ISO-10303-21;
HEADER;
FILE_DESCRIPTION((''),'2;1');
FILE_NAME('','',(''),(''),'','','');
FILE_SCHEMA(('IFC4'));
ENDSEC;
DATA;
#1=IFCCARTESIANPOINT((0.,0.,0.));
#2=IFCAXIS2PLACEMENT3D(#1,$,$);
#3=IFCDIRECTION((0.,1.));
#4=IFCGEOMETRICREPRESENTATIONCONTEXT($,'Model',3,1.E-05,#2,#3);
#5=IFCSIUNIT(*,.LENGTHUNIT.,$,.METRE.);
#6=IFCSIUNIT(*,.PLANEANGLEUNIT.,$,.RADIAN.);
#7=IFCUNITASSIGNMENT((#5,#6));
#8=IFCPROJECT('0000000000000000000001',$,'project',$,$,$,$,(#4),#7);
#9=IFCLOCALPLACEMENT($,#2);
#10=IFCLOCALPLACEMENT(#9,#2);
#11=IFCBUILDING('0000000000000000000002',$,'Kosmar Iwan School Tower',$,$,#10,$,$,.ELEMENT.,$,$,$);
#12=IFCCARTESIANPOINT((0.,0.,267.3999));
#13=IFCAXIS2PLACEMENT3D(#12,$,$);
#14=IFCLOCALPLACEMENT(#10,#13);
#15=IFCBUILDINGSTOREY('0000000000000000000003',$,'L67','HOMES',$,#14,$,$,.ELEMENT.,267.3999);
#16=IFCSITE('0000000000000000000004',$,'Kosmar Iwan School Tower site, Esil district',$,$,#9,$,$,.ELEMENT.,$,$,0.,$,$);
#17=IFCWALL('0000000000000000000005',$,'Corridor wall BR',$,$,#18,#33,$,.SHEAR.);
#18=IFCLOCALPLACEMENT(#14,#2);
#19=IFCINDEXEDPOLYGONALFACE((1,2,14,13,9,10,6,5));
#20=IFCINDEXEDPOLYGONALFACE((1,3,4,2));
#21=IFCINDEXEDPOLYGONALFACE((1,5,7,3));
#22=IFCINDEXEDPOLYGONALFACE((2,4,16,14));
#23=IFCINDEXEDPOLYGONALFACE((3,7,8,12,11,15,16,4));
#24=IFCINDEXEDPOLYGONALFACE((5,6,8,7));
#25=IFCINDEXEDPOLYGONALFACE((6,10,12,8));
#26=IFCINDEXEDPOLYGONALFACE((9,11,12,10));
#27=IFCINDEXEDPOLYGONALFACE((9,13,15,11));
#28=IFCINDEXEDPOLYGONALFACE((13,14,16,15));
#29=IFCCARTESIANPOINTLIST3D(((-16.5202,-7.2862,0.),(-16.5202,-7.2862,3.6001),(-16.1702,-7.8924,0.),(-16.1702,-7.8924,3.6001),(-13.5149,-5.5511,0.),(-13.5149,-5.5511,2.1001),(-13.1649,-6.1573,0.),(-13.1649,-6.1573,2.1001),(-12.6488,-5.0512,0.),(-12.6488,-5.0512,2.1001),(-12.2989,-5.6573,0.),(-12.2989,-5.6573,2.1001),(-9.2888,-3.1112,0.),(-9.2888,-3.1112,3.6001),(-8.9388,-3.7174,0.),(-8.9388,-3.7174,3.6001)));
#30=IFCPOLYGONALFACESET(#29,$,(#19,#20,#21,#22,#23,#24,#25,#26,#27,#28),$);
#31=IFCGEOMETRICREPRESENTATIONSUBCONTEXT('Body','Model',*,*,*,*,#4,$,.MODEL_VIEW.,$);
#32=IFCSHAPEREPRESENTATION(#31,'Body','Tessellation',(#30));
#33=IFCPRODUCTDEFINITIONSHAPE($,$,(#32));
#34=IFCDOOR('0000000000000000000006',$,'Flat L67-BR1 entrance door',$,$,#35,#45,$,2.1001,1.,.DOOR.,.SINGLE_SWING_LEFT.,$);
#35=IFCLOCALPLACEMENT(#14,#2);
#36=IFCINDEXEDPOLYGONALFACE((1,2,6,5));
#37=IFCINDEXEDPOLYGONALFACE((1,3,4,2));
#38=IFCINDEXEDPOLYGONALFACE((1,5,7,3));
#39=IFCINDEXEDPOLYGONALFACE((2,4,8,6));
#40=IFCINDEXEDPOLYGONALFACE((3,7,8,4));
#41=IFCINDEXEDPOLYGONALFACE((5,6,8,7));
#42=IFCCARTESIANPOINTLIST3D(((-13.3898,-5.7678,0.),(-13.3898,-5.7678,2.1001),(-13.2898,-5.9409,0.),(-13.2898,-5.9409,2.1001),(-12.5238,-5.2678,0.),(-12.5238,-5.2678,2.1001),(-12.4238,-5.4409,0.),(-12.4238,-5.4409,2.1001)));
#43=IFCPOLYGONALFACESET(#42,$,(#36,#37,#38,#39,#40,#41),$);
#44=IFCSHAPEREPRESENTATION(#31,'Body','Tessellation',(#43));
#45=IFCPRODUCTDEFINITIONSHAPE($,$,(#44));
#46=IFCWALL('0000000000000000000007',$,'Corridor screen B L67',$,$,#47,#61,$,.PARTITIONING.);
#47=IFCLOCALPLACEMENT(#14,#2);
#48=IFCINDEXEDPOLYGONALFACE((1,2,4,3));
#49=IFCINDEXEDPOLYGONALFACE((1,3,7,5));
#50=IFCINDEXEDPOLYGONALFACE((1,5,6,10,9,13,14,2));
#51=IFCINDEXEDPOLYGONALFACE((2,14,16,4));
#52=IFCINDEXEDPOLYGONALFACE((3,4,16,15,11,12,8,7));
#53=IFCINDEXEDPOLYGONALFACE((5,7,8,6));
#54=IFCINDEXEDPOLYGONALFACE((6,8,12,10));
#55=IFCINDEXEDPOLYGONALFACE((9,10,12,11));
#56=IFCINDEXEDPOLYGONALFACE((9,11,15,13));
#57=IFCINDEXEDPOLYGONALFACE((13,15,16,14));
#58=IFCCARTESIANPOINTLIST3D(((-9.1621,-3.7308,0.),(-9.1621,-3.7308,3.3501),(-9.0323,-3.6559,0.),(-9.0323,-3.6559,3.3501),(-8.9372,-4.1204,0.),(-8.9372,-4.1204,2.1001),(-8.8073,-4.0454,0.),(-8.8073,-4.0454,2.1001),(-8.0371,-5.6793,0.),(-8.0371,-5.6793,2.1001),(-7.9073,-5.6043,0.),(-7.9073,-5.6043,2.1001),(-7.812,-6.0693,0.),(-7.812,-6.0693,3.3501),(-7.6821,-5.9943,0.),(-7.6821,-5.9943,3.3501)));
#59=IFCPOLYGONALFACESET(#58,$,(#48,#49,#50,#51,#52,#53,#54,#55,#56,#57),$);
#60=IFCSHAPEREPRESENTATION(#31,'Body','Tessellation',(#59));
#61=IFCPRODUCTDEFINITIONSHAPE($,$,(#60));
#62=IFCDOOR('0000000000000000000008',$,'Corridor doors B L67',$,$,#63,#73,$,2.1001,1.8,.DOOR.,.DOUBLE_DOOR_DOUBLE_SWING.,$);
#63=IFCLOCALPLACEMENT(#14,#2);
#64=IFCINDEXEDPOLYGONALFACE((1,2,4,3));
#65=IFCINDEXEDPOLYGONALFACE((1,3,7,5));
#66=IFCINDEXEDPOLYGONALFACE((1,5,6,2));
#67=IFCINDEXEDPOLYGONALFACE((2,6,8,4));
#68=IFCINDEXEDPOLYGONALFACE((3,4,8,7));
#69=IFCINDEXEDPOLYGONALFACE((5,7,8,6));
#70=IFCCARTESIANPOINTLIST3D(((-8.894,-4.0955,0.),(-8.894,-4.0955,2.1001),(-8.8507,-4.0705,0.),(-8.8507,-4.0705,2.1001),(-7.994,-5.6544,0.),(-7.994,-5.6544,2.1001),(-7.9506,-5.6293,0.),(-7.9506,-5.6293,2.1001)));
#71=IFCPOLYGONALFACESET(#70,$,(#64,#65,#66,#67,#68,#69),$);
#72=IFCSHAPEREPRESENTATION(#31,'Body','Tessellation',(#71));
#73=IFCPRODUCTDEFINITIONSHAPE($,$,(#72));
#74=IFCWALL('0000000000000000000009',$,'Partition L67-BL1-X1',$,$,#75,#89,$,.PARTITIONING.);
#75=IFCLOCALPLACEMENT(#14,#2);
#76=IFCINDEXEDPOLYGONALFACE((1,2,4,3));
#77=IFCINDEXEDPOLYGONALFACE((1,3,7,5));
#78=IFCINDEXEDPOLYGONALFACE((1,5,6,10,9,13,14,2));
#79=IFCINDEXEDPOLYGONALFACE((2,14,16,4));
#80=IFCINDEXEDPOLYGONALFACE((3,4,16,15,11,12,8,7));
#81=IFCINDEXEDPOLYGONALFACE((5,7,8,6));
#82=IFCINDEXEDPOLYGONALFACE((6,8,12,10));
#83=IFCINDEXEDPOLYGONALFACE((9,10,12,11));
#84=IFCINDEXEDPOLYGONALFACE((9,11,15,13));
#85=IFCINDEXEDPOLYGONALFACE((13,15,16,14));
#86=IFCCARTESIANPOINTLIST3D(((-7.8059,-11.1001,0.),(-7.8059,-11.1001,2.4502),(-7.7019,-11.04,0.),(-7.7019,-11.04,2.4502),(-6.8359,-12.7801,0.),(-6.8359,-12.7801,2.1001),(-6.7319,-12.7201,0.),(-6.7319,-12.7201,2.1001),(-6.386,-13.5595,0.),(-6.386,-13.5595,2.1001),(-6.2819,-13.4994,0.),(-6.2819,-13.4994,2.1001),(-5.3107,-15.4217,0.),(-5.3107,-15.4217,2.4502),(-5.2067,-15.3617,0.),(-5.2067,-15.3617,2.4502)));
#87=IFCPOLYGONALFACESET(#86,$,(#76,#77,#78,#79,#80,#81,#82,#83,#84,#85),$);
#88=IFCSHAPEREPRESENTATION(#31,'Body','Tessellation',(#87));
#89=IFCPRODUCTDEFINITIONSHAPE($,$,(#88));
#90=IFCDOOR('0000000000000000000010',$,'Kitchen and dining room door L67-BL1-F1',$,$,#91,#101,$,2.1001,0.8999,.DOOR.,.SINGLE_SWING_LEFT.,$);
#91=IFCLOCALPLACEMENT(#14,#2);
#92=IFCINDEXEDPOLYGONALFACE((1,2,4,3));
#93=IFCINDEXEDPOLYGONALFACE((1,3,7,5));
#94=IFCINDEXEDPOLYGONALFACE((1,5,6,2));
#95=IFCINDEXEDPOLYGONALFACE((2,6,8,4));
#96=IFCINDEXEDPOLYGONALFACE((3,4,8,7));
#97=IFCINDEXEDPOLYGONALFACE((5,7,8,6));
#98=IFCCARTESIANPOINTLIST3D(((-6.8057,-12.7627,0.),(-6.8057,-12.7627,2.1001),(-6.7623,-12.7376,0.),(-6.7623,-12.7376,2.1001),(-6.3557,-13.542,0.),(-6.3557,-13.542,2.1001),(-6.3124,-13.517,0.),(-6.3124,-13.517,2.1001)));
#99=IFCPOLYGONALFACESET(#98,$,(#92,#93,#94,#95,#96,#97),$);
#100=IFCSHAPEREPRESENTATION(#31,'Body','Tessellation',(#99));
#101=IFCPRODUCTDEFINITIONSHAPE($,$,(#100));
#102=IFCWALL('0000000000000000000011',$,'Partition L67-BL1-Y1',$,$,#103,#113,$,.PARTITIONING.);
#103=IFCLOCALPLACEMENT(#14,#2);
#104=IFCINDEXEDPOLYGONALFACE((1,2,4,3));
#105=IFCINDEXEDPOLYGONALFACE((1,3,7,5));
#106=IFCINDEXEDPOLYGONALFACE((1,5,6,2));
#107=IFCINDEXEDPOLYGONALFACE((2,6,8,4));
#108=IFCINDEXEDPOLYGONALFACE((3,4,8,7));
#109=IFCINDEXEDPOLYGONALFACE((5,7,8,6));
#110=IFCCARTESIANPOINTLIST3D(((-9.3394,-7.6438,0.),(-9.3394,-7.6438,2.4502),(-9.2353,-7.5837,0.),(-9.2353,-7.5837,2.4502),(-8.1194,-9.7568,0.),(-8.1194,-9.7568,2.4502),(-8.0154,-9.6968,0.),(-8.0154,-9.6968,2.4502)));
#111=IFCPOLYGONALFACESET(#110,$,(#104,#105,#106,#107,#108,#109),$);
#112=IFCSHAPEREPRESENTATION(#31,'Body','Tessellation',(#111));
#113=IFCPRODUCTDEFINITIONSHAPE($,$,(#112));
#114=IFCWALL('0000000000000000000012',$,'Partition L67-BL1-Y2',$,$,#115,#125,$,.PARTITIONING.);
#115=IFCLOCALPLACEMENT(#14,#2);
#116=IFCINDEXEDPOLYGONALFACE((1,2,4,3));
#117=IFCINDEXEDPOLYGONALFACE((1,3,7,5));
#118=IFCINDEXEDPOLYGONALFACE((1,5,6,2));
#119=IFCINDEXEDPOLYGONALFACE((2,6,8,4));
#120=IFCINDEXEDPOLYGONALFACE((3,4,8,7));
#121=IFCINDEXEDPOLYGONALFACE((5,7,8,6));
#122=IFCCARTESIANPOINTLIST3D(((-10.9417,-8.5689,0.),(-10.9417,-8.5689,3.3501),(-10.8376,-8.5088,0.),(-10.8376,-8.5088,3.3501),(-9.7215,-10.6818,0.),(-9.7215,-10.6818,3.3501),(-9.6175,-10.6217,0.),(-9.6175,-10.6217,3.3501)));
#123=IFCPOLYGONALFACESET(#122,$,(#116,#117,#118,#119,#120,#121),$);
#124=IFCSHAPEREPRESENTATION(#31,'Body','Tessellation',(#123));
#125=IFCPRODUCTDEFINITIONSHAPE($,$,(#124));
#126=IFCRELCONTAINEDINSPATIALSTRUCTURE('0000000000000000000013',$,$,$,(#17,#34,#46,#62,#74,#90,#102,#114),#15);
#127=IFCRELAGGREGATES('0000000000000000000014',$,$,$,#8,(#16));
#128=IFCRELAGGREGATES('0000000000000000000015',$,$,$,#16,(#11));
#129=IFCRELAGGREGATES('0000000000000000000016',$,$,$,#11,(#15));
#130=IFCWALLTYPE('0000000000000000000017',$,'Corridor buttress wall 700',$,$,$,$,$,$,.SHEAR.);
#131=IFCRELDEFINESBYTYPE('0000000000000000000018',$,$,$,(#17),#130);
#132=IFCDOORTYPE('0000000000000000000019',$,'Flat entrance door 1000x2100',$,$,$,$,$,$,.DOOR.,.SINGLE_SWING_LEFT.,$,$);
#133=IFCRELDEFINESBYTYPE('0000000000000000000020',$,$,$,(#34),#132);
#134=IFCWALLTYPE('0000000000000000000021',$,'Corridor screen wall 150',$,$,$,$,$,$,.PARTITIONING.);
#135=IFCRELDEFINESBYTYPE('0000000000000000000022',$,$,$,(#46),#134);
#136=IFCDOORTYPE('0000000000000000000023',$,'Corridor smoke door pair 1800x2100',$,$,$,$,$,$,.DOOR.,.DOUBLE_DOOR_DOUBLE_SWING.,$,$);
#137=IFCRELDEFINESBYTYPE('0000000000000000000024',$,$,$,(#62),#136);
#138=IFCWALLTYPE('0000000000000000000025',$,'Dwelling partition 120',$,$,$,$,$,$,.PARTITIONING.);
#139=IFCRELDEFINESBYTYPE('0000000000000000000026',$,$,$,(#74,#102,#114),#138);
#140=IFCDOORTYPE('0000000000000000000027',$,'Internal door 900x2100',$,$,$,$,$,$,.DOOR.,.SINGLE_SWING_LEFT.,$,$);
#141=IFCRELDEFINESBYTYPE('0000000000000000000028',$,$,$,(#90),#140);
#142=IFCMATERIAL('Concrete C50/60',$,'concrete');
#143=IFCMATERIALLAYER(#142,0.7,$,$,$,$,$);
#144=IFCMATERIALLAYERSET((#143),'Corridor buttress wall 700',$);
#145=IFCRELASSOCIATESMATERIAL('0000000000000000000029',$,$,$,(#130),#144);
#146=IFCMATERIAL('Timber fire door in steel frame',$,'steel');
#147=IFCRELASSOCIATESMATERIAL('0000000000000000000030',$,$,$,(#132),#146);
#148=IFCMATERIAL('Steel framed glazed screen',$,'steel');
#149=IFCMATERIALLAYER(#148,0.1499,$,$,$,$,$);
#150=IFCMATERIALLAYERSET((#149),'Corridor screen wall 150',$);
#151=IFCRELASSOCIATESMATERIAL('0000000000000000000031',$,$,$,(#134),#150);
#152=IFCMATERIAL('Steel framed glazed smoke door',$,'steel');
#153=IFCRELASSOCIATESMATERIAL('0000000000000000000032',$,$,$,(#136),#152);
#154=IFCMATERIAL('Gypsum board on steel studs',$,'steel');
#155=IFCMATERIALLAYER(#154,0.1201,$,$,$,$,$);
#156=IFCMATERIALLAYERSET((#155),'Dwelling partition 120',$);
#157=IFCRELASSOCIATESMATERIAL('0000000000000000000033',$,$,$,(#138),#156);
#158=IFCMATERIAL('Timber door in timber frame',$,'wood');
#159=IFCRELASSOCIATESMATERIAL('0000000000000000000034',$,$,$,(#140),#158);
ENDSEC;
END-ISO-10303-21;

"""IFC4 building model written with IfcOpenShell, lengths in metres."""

from ifc_helpers import new_model, si_unit, direction, frame, frame_2d, origin, place, context, subcontext, project, spatial, rectangle, extrude, material, layer, layer_set, type_object, element, fill, save


model = new_model("IFC4")

# Units and contexts
model_context = context("Model", 3, precision=1e-05, world=origin(), true_north=direction((0.0, 1.0)))
body_context = subcontext(model_context, "Body", "Model", "MODEL_VIEW")
ifc_project = project(units=[si_unit("LENGTHUNIT", "METRE"), si_unit("PLANEANGLEUNIT", "RADIAN")], contexts=[model_context])

# Site, building, storey
site_placement = place(None, origin())
site = spatial("IfcSite", under=ifc_project, at=site_placement, Name="Kosmar Iwan School Tower site, Esil district", CompositionType="ELEMENT", RefElevation=0.0)
building_placement = place(site_placement, origin())
building = spatial("IfcBuilding", under=site, at=building_placement, Name="Kosmar Iwan School Tower", CompositionType="ELEMENT")
storey_placement = place(building_placement, frame((0.0, 0.0, 267.3999)))
storey = spatial("IfcBuildingStorey", under=building, at=storey_placement, Name="L67", Description="HOMES", CompositionType="ELEMENT", Elevation=267.3999)

# Walls, openings, doors
ifc_material_1 = material(Name="Concrete C50/60", Category="concrete")
ifc_layer_1 = layer(ifc_material_1, 0.7)
ifc_layer_set_1 = layer_set([ifc_layer_1], Name="Corridor buttress wall 700")
wall_type_1 = type_object("IfcWallType", Name="Corridor buttress wall 700", PredefinedType="SHEAR", material=ifc_layer_set_1)
wall_1_placement = place(storey_placement, frame((-9.1138, -3.4143, 0.0), z_axis=(0.0, 0.0, 1.0), x_axis=(-0.866027, -0.499997, 0.0)))
wall_1 = element("IfcWall", 1, at=wall_1_placement, inside=storey, type_object=wall_type_1, Name="Corridor wall BR", PredefinedType="SHEAR", context=body_context, shape_type="SweptSolid", body=[
    extrude(rectangle(XDim=8.3501, YDim=0.7, at=frame_2d((4.175, 0.0))), origin(), (0.0, 0.0, 1.0), 3.6001),
])
opening_1_placement = place(wall_1_placement, frame((3.8799, 0.0, 0.0)))
opening_1 = element("IfcOpeningElement", 2, at=opening_1_placement, cuts=wall_1, PredefinedType="OPENING", context=body_context, shape_type="SweptSolid", body=[
    extrude(rectangle(XDim=1.0, YDim=2.1001, at=frame_2d((0.5, 1.05))), frame((0.0, 0.3621, 0.0), z_axis=(0.0, -1.0, 0.0), x_axis=(1.0, 0.0, 0.0)), (0.0, 0.0, 1.0), 0.7239),
])
ifc_material_2 = material(Name="Timber fire door in steel frame", Category="steel")
door_type_1 = type_object("IfcDoorType", Name="Flat entrance door 1000x2100", OperationType="SINGLE_SWING_LEFT", PredefinedType="DOOR", material=ifc_material_2)
door_1_placement = place(opening_1_placement, origin())
door_1 = element("IfcDoor", 3, at=door_1_placement, inside=storey, type_object=door_type_1, Name="Flat L67-BR1 entrance door", OperationType="SINGLE_SWING_LEFT", OverallHeight=2.1001, OverallWidth=1.0, PredefinedType="DOOR", context=body_context, shape_type="SweptSolid", body=[
    extrude(rectangle(XDim=1.0, YDim=2.1001, at=frame_2d((0.5, 1.05))), frame((0.0, 0.1001, 0.0), z_axis=(0.0, -1.0, 0.0), x_axis=(1.0, 0.0, 0.0)), (0.0, 0.0, 1.0), 0.2),
])
fill(opening_1, door_1)
ifc_material_3 = material(Name="Steel framed glazed screen", Category="steel")
ifc_layer_2 = layer(ifc_material_3, 0.1499)
ifc_layer_set_2 = layer_set([ifc_layer_2], Name="Corridor screen wall 150")
wall_type_2 = type_object("IfcWallType", Name="Corridor screen wall 150", PredefinedType="PARTITIONING", material=ifc_layer_set_2)
wall_2_placement = place(storey_placement, frame((-9.0972, -3.6934, 0.0), z_axis=(0.0, 0.0, 1.0), x_axis=(0.500009, -0.86602, 0.0)))
wall_2 = element("IfcWall", 4, at=wall_2_placement, inside=storey, type_object=wall_type_2, Name="Corridor screen B L67", PredefinedType="PARTITIONING", context=body_context, shape_type="SweptSolid", body=[
    extrude(rectangle(XDim=2.7002, YDim=0.1499, at=frame_2d((1.3501, 0.0))), origin(), (0.0, 0.0, 1.0), 3.3501),
])
opening_2_placement = place(wall_2_placement, frame((0.45, 0.0, 0.0)))
opening_2 = element("IfcOpeningElement", 5, at=opening_2_placement, cuts=wall_2, PredefinedType="OPENING", context=body_context, shape_type="SweptSolid", body=[
    extrude(rectangle(XDim=1.8, YDim=2.1001, at=frame_2d((0.8999, 1.05))), frame((0.0, 0.0869, 0.0), z_axis=(0.0, -1.0, 0.0), x_axis=(1.0, 0.0, 0.0)), (0.0, 0.0, 1.0), 0.1738),
])
ifc_material_4 = material(Name="Steel framed glazed smoke door", Category="steel")
door_type_2 = type_object("IfcDoorType", Name="Corridor smoke door pair 1800x2100", OperationType="DOUBLE_DOOR_DOUBLE_SWING", PredefinedType="DOOR", material=ifc_material_4)
door_2_placement = place(opening_2_placement, origin())
door_2 = element("IfcDoor", 6, at=door_2_placement, inside=storey, type_object=door_type_2, Name="Corridor doors B L67", OperationType="DOUBLE_DOOR_DOUBLE_SWING", OverallHeight=2.1001, OverallWidth=1.8, PredefinedType="DOOR", context=body_context, shape_type="SweptSolid", body=[
    extrude(rectangle(XDim=1.8, YDim=2.1001, at=frame_2d((0.8999, 1.05))), frame((0.0, 0.0249, 0.0), z_axis=(0.0, -1.0, 0.0), x_axis=(1.0, 0.0, 0.0)), (0.0, 0.0, 1.0), 0.05),
])
fill(opening_2, door_2)
ifc_material_5 = material(Name="Gypsum board on steel studs", Category="steel")
ifc_layer_3 = layer(ifc_material_5, 0.1201)
ifc_layer_set_3 = layer_set([ifc_layer_3], Name="Dwelling partition 120")
wall_type_3 = type_object("IfcWallType", Name="Dwelling partition 120", PredefinedType="PARTITIONING", material=ifc_layer_set_3)
wall_3_placement = place(storey_placement, frame((-7.7539, -11.0701, 0.0), z_axis=(0.0, 0.0, 1.0), x_axis=(0.500012, -0.866019, 0.0)))
wall_3 = element("IfcWall", 7, at=wall_3_placement, inside=storey, type_object=wall_type_3, Name="Partition L67-BL1-X1", PredefinedType="PARTITIONING", context=body_context, shape_type="SweptSolid", body=[
    extrude(rectangle(XDim=4.9902, YDim=0.1201, at=frame_2d((2.4951, 0.0))), origin(), (0.0, 0.0, 1.0), 2.4502),
])
opening_3_placement = place(wall_3_placement, frame((1.9399, 0.0, 0.0)))
opening_3 = element("IfcOpeningElement", 8, at=opening_3_placement, cuts=wall_3, PredefinedType="OPENING", context=body_context, shape_type="SweptSolid", body=[
    extrude(rectangle(XDim=0.8999, YDim=2.1001, at=frame_2d((0.45, 1.05))), frame((0.0, 0.072, 0.0), z_axis=(0.0, -1.0, 0.0), x_axis=(1.0, 0.0, 0.0)), (0.0, 0.0, 1.0), 0.144),
])
ifc_material_6 = material(Name="Timber door in timber frame", Category="wood")
door_type_3 = type_object("IfcDoorType", Name="Internal door 900x2100", OperationType="SINGLE_SWING_LEFT", PredefinedType="DOOR", material=ifc_material_6)
door_3_placement = place(opening_3_placement, origin())
door_3 = element("IfcDoor", 9, at=door_3_placement, inside=storey, type_object=door_type_3, Name="Kitchen and dining room door L67-BL1-F1", OperationType="SINGLE_SWING_LEFT", OverallHeight=2.1001, OverallWidth=0.8999, PredefinedType="DOOR", context=body_context, shape_type="SweptSolid", body=[
    extrude(rectangle(XDim=0.8999, YDim=2.1001, at=frame_2d((0.45, 1.05))), frame((0.0, 0.0249, 0.0), z_axis=(0.0, -1.0, 0.0), x_axis=(1.0, 0.0, 0.0)), (0.0, 0.0, 1.0), 0.05),
])
fill(opening_3, door_3)

# Walls
wall_4_placement = place(storey_placement, frame((-9.2874, -7.6138, 0.0), z_axis=(0.0, 0.0, 1.0), x_axis=(0.500003, -0.866024, 0.0)))
element("IfcWall", 10, at=wall_4_placement, inside=storey, type_object=wall_type_3, Name="Partition L67-BL1-Y1", PredefinedType="PARTITIONING", context=body_context, shape_type="SweptSolid", body=[
    extrude(rectangle(XDim=2.4399, YDim=0.1201, at=frame_2d((1.22, 0.0))), origin(), (0.0, 0.0, 1.0), 2.4502),
])
wall_5_placement = place(storey_placement, frame((-10.8896, -8.5388, 0.0), z_axis=(0.0, 0.0, 1.0), x_axis=(0.500078, -0.865981, 0.0)))
element("IfcWall", 11, at=wall_5_placement, inside=storey, type_object=wall_type_3, Name="Partition L67-BL1-Y2", PredefinedType="PARTITIONING", context=body_context, shape_type="SweptSolid", body=[
    extrude(rectangle(XDim=2.4399, YDim=0.1201, at=frame_2d((1.22, 0.0))), origin(), (0.0, 0.0, 1.0), 3.3501),
])

save(model, "model.ifc")
